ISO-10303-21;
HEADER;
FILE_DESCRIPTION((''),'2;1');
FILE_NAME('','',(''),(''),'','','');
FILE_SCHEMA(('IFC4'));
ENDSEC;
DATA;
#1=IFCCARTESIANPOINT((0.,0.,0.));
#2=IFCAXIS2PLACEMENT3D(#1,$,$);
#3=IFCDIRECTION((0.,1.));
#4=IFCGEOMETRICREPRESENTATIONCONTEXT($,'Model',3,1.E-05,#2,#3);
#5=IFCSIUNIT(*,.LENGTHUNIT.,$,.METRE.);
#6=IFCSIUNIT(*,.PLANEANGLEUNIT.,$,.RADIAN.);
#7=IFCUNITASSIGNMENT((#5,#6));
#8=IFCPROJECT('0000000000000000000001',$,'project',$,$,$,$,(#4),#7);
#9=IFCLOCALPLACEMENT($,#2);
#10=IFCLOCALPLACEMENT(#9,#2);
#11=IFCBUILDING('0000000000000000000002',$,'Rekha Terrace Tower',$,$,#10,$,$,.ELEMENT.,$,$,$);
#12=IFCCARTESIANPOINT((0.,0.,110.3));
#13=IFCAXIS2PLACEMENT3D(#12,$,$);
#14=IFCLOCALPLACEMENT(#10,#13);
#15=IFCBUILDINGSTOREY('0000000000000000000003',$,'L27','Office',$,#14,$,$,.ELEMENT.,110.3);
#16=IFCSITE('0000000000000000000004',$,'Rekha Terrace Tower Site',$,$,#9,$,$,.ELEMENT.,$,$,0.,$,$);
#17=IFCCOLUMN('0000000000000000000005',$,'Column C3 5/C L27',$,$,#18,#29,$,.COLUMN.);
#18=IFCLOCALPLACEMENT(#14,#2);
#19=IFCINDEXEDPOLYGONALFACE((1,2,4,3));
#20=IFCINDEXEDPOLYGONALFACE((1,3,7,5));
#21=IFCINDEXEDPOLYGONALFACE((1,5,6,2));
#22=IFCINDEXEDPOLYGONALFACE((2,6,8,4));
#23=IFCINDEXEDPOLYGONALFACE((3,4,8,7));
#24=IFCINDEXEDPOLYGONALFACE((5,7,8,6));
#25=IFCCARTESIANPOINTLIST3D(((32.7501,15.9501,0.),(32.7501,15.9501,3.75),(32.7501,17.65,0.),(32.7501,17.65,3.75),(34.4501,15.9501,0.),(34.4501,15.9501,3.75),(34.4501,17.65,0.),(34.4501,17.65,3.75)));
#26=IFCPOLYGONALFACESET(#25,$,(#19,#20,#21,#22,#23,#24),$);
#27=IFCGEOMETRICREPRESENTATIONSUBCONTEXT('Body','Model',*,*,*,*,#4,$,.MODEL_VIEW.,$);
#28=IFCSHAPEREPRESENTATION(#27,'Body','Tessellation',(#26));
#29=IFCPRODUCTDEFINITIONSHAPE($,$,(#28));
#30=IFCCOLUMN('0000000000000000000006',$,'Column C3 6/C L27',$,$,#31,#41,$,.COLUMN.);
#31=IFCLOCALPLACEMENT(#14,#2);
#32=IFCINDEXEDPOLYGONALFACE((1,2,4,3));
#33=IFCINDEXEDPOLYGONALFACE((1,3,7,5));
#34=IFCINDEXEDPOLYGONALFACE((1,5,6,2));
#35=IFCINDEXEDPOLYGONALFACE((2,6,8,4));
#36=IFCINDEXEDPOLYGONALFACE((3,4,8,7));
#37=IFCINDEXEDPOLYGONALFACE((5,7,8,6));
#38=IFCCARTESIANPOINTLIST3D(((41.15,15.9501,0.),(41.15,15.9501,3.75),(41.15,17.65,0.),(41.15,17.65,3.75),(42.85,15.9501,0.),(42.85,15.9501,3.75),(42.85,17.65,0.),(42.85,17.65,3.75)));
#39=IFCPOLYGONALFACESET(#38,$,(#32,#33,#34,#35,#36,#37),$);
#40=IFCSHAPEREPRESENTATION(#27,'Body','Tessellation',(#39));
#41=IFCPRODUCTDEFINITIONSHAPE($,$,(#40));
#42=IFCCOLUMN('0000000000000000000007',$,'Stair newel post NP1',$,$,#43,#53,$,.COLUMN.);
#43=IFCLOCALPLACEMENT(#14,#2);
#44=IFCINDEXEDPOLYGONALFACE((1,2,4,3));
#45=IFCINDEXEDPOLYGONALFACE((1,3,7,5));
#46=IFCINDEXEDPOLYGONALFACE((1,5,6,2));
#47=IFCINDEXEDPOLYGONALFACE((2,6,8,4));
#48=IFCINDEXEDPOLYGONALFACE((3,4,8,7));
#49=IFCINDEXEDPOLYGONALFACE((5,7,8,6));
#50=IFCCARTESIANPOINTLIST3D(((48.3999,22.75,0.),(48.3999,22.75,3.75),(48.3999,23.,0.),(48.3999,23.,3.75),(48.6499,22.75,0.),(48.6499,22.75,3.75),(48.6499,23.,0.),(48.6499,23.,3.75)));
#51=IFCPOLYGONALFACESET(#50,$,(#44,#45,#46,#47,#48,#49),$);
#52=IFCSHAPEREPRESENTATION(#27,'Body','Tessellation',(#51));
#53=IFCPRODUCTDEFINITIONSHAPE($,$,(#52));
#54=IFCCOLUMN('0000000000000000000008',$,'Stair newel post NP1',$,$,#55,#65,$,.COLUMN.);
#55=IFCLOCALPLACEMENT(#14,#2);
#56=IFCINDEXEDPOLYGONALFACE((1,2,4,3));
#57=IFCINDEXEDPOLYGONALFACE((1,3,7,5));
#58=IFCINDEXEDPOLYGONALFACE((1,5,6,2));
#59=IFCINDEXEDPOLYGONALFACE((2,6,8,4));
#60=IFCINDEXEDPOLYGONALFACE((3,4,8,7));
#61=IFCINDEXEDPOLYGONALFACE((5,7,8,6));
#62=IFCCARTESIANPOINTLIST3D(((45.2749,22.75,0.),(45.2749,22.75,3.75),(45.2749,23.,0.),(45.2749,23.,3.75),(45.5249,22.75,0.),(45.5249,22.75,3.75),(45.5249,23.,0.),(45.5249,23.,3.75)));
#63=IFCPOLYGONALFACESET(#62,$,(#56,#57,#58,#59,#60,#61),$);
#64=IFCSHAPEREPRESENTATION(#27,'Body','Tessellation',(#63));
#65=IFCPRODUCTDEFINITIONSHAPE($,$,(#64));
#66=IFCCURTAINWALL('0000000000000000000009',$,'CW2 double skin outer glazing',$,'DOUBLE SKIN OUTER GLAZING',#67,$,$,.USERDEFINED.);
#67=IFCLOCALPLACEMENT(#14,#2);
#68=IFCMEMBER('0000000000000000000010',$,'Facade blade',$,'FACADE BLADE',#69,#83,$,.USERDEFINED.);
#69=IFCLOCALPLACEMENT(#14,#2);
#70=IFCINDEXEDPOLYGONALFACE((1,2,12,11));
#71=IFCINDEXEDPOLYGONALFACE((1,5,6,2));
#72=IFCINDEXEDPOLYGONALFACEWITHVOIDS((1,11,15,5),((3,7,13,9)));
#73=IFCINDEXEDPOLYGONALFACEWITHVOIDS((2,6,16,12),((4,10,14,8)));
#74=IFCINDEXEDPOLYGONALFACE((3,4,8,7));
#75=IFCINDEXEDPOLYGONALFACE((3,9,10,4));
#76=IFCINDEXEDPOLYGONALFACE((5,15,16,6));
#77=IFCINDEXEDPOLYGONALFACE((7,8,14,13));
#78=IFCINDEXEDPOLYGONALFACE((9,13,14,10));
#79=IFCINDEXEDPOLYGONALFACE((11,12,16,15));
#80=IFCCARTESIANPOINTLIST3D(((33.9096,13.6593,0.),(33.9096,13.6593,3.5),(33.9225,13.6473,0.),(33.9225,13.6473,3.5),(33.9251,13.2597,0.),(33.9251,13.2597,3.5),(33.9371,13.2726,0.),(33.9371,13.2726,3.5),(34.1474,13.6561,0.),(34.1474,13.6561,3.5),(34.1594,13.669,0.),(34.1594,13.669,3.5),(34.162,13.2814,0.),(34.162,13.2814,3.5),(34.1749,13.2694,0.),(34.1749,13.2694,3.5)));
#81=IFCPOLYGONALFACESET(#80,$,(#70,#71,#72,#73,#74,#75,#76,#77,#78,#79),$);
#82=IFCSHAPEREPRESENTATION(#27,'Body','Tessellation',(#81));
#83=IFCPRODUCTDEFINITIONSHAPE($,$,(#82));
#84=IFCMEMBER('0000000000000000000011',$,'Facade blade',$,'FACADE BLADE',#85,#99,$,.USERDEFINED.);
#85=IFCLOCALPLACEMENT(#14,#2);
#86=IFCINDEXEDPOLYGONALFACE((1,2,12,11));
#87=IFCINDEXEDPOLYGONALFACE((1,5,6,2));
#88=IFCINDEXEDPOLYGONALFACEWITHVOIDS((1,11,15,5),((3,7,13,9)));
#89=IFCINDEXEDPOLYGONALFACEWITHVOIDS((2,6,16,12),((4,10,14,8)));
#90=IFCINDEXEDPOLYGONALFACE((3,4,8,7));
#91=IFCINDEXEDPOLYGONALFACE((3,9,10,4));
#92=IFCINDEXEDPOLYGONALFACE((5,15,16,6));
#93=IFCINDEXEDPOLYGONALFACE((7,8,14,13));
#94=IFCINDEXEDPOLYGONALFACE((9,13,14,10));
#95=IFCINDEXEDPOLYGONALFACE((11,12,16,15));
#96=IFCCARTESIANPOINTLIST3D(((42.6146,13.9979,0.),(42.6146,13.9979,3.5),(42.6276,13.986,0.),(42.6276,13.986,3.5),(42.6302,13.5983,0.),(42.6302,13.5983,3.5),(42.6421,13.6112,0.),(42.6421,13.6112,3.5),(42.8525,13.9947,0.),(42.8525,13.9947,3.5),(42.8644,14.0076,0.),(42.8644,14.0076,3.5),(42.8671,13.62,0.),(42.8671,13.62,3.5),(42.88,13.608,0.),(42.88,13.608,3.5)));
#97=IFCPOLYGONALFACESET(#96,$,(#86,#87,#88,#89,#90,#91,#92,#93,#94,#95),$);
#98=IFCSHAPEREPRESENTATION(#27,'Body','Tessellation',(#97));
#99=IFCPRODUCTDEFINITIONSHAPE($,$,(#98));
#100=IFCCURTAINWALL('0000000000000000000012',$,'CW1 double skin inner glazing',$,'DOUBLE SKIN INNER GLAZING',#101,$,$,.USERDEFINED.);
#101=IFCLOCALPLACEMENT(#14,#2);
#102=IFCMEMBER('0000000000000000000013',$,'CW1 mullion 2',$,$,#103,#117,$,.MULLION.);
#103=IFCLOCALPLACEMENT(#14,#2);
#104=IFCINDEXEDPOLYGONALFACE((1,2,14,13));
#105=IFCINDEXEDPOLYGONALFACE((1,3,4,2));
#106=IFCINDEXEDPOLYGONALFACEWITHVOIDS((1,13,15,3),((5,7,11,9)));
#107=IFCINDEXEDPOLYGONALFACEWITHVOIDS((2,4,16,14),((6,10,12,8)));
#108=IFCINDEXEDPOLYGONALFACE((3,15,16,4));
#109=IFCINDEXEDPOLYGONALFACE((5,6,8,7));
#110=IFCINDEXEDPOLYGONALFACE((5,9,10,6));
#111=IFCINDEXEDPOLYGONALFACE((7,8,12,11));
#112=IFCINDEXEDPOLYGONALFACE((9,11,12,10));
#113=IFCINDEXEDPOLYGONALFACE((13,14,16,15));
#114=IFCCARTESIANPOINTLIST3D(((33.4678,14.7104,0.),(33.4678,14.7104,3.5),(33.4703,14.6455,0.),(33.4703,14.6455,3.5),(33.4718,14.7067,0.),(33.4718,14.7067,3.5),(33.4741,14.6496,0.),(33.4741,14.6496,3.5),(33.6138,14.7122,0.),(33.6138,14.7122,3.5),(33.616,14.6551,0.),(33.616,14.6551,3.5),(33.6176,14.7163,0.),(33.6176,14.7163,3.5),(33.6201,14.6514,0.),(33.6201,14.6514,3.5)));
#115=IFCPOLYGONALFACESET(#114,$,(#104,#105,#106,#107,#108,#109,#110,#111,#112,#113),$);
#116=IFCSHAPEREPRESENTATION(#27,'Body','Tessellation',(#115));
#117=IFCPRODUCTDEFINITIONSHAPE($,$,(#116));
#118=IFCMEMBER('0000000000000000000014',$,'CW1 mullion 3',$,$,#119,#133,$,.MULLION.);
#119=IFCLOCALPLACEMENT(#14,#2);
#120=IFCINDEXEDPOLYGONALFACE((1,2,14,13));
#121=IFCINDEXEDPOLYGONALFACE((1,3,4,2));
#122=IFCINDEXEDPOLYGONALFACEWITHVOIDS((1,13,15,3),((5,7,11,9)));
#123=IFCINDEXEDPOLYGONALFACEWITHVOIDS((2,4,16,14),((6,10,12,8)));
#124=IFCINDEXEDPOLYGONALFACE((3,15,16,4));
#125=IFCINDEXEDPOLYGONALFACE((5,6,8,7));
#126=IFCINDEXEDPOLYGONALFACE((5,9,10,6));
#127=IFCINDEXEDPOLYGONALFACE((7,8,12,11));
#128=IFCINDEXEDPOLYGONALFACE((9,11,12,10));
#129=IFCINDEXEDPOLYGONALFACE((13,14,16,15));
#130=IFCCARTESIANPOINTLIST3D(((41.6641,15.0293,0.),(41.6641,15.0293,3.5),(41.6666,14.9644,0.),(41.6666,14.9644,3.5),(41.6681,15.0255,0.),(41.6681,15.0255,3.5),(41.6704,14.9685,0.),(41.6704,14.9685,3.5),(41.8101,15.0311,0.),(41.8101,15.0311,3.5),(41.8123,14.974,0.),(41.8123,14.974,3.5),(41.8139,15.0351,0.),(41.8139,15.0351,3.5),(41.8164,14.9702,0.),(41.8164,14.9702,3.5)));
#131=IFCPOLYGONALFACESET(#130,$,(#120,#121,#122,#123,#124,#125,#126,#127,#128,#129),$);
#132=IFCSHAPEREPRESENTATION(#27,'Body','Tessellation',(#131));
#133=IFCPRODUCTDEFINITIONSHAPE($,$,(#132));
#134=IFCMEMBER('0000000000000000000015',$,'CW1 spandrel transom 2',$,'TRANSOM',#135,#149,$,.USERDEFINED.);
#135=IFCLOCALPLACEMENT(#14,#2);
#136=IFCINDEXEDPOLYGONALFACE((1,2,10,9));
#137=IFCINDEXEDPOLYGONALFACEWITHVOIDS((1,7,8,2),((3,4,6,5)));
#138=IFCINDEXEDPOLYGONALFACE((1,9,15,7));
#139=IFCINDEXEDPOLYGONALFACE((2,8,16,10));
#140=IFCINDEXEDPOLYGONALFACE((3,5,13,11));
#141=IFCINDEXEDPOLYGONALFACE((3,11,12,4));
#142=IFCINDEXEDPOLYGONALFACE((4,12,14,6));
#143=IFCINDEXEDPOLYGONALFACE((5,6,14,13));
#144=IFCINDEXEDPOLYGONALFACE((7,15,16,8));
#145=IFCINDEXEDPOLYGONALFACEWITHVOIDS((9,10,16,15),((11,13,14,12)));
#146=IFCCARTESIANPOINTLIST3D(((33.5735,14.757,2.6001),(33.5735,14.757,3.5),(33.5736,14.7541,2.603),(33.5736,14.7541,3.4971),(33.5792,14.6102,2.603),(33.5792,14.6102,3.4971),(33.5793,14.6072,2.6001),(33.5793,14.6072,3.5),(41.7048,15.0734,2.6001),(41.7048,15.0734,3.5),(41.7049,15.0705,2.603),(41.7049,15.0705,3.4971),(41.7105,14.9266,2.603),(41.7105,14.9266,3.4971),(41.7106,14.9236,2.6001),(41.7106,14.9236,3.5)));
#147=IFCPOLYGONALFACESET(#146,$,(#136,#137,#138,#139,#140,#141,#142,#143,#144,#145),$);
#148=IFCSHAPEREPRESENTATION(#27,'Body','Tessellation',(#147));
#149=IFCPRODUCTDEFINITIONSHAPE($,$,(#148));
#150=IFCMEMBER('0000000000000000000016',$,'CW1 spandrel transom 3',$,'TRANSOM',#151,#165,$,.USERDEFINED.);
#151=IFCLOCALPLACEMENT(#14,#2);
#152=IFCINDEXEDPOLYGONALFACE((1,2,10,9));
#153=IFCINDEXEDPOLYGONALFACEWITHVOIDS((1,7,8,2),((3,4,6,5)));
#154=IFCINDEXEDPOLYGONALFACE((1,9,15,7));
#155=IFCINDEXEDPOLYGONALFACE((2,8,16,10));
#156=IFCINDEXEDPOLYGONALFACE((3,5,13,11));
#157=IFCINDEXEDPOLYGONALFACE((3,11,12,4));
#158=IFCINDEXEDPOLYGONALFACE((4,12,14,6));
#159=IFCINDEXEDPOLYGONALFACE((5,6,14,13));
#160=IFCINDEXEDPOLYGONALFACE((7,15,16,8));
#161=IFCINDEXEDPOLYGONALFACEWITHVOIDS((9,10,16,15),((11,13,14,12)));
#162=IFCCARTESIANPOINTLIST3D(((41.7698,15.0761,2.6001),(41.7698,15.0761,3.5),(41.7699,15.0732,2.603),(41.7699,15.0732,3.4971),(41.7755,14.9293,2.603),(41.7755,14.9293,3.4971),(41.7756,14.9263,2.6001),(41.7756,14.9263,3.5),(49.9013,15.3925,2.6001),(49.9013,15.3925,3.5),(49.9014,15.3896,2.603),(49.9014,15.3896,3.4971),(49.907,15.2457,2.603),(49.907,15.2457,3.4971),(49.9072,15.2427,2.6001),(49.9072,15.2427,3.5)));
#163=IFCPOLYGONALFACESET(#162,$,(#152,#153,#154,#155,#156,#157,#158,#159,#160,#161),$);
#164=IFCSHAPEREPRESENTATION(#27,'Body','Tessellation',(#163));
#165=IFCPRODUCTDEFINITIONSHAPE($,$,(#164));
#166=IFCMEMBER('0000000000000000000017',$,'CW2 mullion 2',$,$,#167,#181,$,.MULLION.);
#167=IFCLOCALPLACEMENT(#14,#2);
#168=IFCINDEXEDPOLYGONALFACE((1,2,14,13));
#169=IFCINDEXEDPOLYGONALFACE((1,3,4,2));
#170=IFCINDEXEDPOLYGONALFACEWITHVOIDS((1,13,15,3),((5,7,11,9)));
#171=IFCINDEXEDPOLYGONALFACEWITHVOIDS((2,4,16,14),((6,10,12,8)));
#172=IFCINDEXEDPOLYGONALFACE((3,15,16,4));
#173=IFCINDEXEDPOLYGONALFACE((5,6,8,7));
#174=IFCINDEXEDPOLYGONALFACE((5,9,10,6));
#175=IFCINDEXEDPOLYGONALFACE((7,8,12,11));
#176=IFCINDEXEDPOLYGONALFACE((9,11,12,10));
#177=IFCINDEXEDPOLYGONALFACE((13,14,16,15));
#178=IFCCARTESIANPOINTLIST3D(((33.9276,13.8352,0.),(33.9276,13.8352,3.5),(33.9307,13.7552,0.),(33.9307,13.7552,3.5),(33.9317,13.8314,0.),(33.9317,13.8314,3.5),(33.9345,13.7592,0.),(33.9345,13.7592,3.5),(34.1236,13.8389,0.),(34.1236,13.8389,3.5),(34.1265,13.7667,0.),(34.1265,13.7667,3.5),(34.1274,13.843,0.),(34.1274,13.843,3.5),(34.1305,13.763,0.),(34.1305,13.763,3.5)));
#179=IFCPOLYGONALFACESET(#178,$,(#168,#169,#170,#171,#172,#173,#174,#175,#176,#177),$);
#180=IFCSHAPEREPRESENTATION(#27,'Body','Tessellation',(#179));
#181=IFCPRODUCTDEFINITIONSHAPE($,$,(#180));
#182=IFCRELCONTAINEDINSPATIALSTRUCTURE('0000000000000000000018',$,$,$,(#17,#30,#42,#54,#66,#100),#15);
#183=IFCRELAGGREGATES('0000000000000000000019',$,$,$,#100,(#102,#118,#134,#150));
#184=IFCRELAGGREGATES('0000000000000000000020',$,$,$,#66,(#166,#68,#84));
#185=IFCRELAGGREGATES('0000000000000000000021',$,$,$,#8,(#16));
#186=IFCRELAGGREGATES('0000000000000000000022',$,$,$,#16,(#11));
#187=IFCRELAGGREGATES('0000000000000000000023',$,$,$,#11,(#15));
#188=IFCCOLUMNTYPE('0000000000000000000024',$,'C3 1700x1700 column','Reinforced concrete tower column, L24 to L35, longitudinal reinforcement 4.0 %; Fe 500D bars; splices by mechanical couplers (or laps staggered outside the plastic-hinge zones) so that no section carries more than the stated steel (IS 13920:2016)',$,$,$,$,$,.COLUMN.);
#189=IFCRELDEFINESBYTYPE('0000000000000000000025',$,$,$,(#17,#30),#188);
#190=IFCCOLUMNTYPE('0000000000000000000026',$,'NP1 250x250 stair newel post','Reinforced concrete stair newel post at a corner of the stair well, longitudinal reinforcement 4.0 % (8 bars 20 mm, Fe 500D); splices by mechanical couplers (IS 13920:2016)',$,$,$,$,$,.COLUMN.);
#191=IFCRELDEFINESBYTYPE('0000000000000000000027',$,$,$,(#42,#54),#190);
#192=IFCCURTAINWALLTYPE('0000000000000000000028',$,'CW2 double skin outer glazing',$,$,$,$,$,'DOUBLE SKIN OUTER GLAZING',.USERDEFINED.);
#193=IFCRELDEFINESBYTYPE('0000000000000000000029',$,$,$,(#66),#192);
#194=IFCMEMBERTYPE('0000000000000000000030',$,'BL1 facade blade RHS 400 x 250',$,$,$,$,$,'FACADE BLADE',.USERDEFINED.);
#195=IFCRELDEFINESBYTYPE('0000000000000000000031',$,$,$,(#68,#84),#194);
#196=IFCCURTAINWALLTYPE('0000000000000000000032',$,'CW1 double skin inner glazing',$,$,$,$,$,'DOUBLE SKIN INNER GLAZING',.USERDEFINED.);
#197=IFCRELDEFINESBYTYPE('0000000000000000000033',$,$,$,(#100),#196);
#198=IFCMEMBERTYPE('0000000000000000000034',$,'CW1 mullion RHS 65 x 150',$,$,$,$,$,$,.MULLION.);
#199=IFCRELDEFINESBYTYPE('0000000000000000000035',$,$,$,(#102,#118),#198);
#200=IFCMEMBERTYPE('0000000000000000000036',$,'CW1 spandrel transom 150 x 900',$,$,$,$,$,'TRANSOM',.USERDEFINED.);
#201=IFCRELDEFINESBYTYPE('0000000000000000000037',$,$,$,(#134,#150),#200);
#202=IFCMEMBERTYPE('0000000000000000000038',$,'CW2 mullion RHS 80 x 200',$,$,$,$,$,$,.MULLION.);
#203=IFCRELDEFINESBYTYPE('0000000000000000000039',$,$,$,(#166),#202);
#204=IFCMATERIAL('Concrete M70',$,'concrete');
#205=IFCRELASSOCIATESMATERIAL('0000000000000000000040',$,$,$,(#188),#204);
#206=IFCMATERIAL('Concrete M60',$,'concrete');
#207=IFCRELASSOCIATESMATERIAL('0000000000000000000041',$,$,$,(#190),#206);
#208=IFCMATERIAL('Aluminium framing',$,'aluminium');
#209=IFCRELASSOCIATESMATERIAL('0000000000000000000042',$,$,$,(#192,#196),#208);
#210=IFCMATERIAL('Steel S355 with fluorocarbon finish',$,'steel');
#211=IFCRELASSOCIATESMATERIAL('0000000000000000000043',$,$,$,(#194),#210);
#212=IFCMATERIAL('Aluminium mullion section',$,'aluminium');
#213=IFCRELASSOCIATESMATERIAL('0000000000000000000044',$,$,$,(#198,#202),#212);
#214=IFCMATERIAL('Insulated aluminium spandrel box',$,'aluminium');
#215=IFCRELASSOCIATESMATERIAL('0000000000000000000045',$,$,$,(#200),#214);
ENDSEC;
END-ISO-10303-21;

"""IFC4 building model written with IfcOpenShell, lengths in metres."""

from ifc_helpers import new_model, si_unit, direction, frame, origin, origin_2d, place, context, subcontext, project, spatial, rectangle, hollow_rectangle, extrude, material, material_profile, profile_set, type_object, element, aggregate, save


model = new_model("IFC4")

# Units and contexts
model_context = context("Model", 3, precision=1e-05, world=origin(), true_north=direction((0.0, 1.0)))
body_context = subcontext(model_context, "Body", "Model", "MODEL_VIEW")
ifc_project = project(units=[si_unit("LENGTHUNIT", "METRE"), si_unit("PLANEANGLEUNIT", "RADIAN")], contexts=[model_context])

# Site, building, storey
site_placement = place(None, origin())
site = spatial("IfcSite", under=ifc_project, at=site_placement, Name="Rekha Terrace Tower Site", CompositionType="ELEMENT", RefElevation=0.0)
building_placement = place(site_placement, origin())
building = spatial("IfcBuilding", under=site, at=building_placement, Name="Rekha Terrace Tower", CompositionType="ELEMENT")
storey_placement = place(building_placement, frame((0.0, 0.0, 110.3)))
storey = spatial("IfcBuildingStorey", under=building, at=storey_placement, Name="L27", Description="Office", CompositionType="ELEMENT", Elevation=110.3)

# Columns
ifc_material_1 = material(Name="Concrete M70", Category="concrete")
ifc_material_profile_1 = material_profile(ifc_material_1, rectangle(XDim=1.7, YDim=1.7, at=origin_2d()), Name="RC 1700x1700")
ifc_profile_set_1 = profile_set([ifc_material_profile_1], Name="Concrete M70")
column_type_1 = type_object("IfcColumnType", Name="C3 1700x1700 column", Description="Reinforced concrete tower column, L24 to L35, longitudinal reinforcement 4.0 %; Fe 500D bars; splices by mechanical couplers (or laps staggered outside the plastic-hinge zones) so that no section carries more than the stated steel (IS 13920:2016)", PredefinedType="COLUMN", material=ifc_profile_set_1)
for number, where, z_axis, x_axis, name in (
    (1, (33.6001, 16.8, 0.0), (0.0, 0.0, 1.0), (1.0, 0.0, 0.0), "Column C3 5/C L27"),
    (2, (42.0, 16.8, 0.0), (0.0, 0.0, 1.0), (1.0, 0.0, 0.0), "Column C3 6/C L27"),
):
    element("IfcColumn", number, at=place(storey_placement, frame(where, z_axis=z_axis, x_axis=x_axis)), inside=storey, type_object=column_type_1, Name=name, PredefinedType="COLUMN", context=body_context, shape_type="SweptSolid", body=[
        extrude(rectangle(XDim=1.7, YDim=1.7, at=origin_2d()), origin(), (0.0, 0.0, 1.0), 3.75),
    ])
ifc_material_2 = material(Name="Concrete M60", Category="concrete")
ifc_material_profile_2 = material_profile(ifc_material_2, rectangle(XDim=0.25, YDim=0.25, at=origin_2d()), Name="RC 250x250")
ifc_profile_set_2 = profile_set([ifc_material_profile_2], Name="Concrete M60")
column_type_2 = type_object("IfcColumnType", Name="NP1 250x250 stair newel post", Description="Reinforced concrete stair newel post at a corner of the stair well, longitudinal reinforcement 4.0 % (8 bars 20 mm, Fe 500D); splices by mechanical couplers (IS 13920:2016)", PredefinedType="COLUMN", material=ifc_profile_set_2)
for number, where, z_axis, x_axis, name in (
    (3, (48.5249, 22.875, 0.0), (0.0, 0.0, 1.0), (1.0, 0.0, 0.0), "Stair newel post NP1"),
    (4, (45.3999, 22.875, 0.0), (0.0, 0.0, 1.0), (1.0, 0.0, 0.0), "Stair newel post NP1"),
):
    element("IfcColumn", number, at=place(storey_placement, frame(where, z_axis=z_axis, x_axis=x_axis)), inside=storey, type_object=column_type_2, Name=name, PredefinedType="COLUMN", context=body_context, shape_type="SweptSolid", body=[
        extrude(rectangle(XDim=0.25, YDim=0.25, at=origin_2d()), origin(), (0.0, 0.0, 1.0), 3.75),
    ])

# Curtain walls, members
ifc_material_3 = material(Name="Aluminium framing", Category="aluminium")
curtain_wall_type_1 = type_object("IfcCurtainWallType", Name="CW2 double skin outer glazing", ElementType="DOUBLE SKIN OUTER GLAZING", PredefinedType="USERDEFINED", material=ifc_material_3)
curtain_wall_1_placement = place(storey_placement, origin())
curtain_wall_1 = element("IfcCurtainWall", 5, at=curtain_wall_1_placement, inside=storey, type_object=curtain_wall_type_1, Name="CW2 double skin outer glazing", ObjectType="DOUBLE SKIN OUTER GLAZING", PredefinedType="USERDEFINED")
ifc_material_4 = material(Name="Steel S355 with fluorocarbon finish", Category="steel")
ifc_material_profile_3 = material_profile(ifc_material_4, hollow_rectangle(XDim=0.25, YDim=0.3999, WallThickness=0.0125, at=origin_2d()), Name="RHS400x250x12.5")
ifc_profile_set_3 = profile_set([ifc_material_profile_3], Name="Steel S355 with fluorocarbon finish")
member_type_1 = type_object("IfcMemberType", Name="BL1 facade blade RHS 400 x 250", ElementType="FACADE BLADE", PredefinedType="USERDEFINED", material=ifc_profile_set_3)
member_1_placement = place(storey_placement, frame((34.0422, 13.4644, 0.0), z_axis=(0.0, 0.0, 1.0), x_axis=(0.999243, 0.03889, 0.0)))
member_1 = element("IfcMember", 6, at=member_1_placement, type_object=member_type_1, Name="Facade blade", ObjectType="FACADE BLADE", PredefinedType="USERDEFINED", context=body_context, shape_type="SweptSolid", body=[
    extrude(hollow_rectangle(XDim=0.25, YDim=0.3999, WallThickness=0.0125, at=origin_2d()), origin(), (0.0, 0.0, 1.0), 3.5),
])
member_2_placement = place(storey_placement, frame((42.7473, 13.803, 0.0), z_axis=(0.0, 0.0, 1.0), x_axis=(0.999243, 0.03889, 0.0)))
member_2 = element("IfcMember", 7, at=member_2_placement, type_object=member_type_1, Name="Facade blade", ObjectType="FACADE BLADE", PredefinedType="USERDEFINED", context=body_context, shape_type="SweptSolid", body=[
    extrude(hollow_rectangle(XDim=0.25, YDim=0.3999, WallThickness=0.0125, at=origin_2d()), origin(), (0.0, 0.0, 1.0), 3.5),
])
curtain_wall_type_2 = type_object("IfcCurtainWallType", Name="CW1 double skin inner glazing", ElementType="DOUBLE SKIN INNER GLAZING", PredefinedType="USERDEFINED", material=ifc_material_3)
curtain_wall_2_placement = place(storey_placement, origin())
curtain_wall_2 = element("IfcCurtainWall", 8, at=curtain_wall_2_placement, inside=storey, type_object=curtain_wall_type_2, Name="CW1 double skin inner glazing", ObjectType="DOUBLE SKIN INNER GLAZING", PredefinedType="USERDEFINED")
ifc_material_5 = material(Name="Aluminium mullion section", Category="aluminium")
ifc_material_profile_4 = material_profile(ifc_material_5, hollow_rectangle(XDim=0.0649, YDim=0.1499, WallThickness=0.0039, at=origin_2d()), Name="AL RHS 65x150")
ifc_profile_set_4 = profile_set([ifc_material_profile_4], Name="Aluminium mullion section")
member_type_2 = type_object("IfcMemberType", Name="CW1 mullion RHS 65 x 150", PredefinedType="MULLION", material=ifc_profile_set_4)
member_3_placement = place(storey_placement, frame((33.5439, 14.6809, 0.0), z_axis=(0.0, 0.0, 1.0), x_axis=(-0.03889, 0.999243, 0.0)))
member_3 = element("IfcMember", 9, at=member_3_placement, type_object=member_type_2, Name="CW1 mullion 2", PredefinedType="MULLION", context=body_context, shape_type="SweptSolid", body=[
    extrude(hollow_rectangle(XDim=0.0649, YDim=0.1499, WallThickness=0.0039, at=origin_2d()), origin(), (0.0, 0.0, 1.0), 3.5),
])
member_4_placement = place(storey_placement, frame((41.7402, 14.9998, 0.0), z_axis=(0.0, 0.0, 1.0), x_axis=(-0.03889, 0.999243, 0.0)))
member_4 = element("IfcMember", 10, at=member_4_placement, type_object=member_type_2, Name="CW1 mullion 3", PredefinedType="MULLION", context=body_context, shape_type="SweptSolid", body=[
    extrude(hollow_rectangle(XDim=0.0649, YDim=0.1499, WallThickness=0.0039, at=origin_2d()), origin(), (0.0, 0.0, 1.0), 3.5),
])
ifc_material_6 = material(Name="Insulated aluminium spandrel box", Category="aluminium")
ifc_material_profile_5 = material_profile(ifc_material_6, hollow_rectangle(XDim=0.1499, YDim=0.8999, WallThickness=0.0029, at=origin_2d()), Name="AL SPANDREL BOX 150x900")
ifc_profile_set_5 = profile_set([ifc_material_profile_5], Name="Insulated aluminium spandrel box")
member_type_3 = type_object("IfcMemberType", Name="CW1 spandrel transom 150 x 900", ElementType="TRANSOM", PredefinedType="USERDEFINED", material=ifc_profile_set_5)
member_5_placement = place(storey_placement, frame((33.5764, 14.6821, 3.05), z_axis=(0.999244, 0.038882, 0.0), x_axis=(-0.038882, 0.999244, 0.0)))
member_5 = element("IfcMember", 11, at=member_5_placement, type_object=member_type_3, Name="CW1 spandrel transom 2", ObjectType="TRANSOM", PredefinedType="USERDEFINED", context=body_context, shape_type="SweptSolid", body=[
    extrude(hollow_rectangle(XDim=0.1499, YDim=0.8999, WallThickness=0.0029, at=origin_2d()), origin(), (0.0, 0.0, 1.0), 8.1375),
])
member_6_placement = place(storey_placement, frame((41.7727, 15.0012, 3.05), z_axis=(0.999244, 0.038881, 0.0), x_axis=(-0.038881, 0.999244, 0.0)))
member_6 = element("IfcMember", 12, at=member_6_placement, type_object=member_type_3, Name="CW1 spandrel transom 3", ObjectType="TRANSOM", PredefinedType="USERDEFINED", context=body_context, shape_type="SweptSolid", body=[
    extrude(hollow_rectangle(XDim=0.1499, YDim=0.8999, WallThickness=0.0029, at=origin_2d()), origin(), (0.0, 0.0, 1.0), 8.1377),
])

# Member
ifc_material_profile_6 = material_profile(ifc_material_5, hollow_rectangle(XDim=0.0801, YDim=0.2, WallThickness=0.0039, at=origin_2d()), Name="AL RHS 80x200")
ifc_profile_set_6 = profile_set([ifc_material_profile_6], Name="Aluminium mullion section")
member_type_4 = type_object("IfcMemberType", Name="CW2 mullion RHS 80 x 200", PredefinedType="MULLION", material=ifc_profile_set_6)
member_7_placement = place(storey_placement, frame((34.0291, 13.7991, 0.0), z_axis=(0.0, 0.0, 1.0), x_axis=(-0.03889, 0.999243, 0.0)))
member_7 = element("IfcMember", 13, at=member_7_placement, type_object=member_type_4, Name="CW2 mullion 2", PredefinedType="MULLION", context=body_context, shape_type="SweptSolid", body=[
    extrude(hollow_rectangle(XDim=0.0801, YDim=0.2, WallThickness=0.0039, at=origin_2d()), origin(), (0.0, 0.0, 1.0), 3.5),
])

aggregate(curtain_wall_2, [member_3, member_4, member_5, member_6])
aggregate(curtain_wall_1, [member_7, member_1, member_2])

save(model, "model.ifc")
